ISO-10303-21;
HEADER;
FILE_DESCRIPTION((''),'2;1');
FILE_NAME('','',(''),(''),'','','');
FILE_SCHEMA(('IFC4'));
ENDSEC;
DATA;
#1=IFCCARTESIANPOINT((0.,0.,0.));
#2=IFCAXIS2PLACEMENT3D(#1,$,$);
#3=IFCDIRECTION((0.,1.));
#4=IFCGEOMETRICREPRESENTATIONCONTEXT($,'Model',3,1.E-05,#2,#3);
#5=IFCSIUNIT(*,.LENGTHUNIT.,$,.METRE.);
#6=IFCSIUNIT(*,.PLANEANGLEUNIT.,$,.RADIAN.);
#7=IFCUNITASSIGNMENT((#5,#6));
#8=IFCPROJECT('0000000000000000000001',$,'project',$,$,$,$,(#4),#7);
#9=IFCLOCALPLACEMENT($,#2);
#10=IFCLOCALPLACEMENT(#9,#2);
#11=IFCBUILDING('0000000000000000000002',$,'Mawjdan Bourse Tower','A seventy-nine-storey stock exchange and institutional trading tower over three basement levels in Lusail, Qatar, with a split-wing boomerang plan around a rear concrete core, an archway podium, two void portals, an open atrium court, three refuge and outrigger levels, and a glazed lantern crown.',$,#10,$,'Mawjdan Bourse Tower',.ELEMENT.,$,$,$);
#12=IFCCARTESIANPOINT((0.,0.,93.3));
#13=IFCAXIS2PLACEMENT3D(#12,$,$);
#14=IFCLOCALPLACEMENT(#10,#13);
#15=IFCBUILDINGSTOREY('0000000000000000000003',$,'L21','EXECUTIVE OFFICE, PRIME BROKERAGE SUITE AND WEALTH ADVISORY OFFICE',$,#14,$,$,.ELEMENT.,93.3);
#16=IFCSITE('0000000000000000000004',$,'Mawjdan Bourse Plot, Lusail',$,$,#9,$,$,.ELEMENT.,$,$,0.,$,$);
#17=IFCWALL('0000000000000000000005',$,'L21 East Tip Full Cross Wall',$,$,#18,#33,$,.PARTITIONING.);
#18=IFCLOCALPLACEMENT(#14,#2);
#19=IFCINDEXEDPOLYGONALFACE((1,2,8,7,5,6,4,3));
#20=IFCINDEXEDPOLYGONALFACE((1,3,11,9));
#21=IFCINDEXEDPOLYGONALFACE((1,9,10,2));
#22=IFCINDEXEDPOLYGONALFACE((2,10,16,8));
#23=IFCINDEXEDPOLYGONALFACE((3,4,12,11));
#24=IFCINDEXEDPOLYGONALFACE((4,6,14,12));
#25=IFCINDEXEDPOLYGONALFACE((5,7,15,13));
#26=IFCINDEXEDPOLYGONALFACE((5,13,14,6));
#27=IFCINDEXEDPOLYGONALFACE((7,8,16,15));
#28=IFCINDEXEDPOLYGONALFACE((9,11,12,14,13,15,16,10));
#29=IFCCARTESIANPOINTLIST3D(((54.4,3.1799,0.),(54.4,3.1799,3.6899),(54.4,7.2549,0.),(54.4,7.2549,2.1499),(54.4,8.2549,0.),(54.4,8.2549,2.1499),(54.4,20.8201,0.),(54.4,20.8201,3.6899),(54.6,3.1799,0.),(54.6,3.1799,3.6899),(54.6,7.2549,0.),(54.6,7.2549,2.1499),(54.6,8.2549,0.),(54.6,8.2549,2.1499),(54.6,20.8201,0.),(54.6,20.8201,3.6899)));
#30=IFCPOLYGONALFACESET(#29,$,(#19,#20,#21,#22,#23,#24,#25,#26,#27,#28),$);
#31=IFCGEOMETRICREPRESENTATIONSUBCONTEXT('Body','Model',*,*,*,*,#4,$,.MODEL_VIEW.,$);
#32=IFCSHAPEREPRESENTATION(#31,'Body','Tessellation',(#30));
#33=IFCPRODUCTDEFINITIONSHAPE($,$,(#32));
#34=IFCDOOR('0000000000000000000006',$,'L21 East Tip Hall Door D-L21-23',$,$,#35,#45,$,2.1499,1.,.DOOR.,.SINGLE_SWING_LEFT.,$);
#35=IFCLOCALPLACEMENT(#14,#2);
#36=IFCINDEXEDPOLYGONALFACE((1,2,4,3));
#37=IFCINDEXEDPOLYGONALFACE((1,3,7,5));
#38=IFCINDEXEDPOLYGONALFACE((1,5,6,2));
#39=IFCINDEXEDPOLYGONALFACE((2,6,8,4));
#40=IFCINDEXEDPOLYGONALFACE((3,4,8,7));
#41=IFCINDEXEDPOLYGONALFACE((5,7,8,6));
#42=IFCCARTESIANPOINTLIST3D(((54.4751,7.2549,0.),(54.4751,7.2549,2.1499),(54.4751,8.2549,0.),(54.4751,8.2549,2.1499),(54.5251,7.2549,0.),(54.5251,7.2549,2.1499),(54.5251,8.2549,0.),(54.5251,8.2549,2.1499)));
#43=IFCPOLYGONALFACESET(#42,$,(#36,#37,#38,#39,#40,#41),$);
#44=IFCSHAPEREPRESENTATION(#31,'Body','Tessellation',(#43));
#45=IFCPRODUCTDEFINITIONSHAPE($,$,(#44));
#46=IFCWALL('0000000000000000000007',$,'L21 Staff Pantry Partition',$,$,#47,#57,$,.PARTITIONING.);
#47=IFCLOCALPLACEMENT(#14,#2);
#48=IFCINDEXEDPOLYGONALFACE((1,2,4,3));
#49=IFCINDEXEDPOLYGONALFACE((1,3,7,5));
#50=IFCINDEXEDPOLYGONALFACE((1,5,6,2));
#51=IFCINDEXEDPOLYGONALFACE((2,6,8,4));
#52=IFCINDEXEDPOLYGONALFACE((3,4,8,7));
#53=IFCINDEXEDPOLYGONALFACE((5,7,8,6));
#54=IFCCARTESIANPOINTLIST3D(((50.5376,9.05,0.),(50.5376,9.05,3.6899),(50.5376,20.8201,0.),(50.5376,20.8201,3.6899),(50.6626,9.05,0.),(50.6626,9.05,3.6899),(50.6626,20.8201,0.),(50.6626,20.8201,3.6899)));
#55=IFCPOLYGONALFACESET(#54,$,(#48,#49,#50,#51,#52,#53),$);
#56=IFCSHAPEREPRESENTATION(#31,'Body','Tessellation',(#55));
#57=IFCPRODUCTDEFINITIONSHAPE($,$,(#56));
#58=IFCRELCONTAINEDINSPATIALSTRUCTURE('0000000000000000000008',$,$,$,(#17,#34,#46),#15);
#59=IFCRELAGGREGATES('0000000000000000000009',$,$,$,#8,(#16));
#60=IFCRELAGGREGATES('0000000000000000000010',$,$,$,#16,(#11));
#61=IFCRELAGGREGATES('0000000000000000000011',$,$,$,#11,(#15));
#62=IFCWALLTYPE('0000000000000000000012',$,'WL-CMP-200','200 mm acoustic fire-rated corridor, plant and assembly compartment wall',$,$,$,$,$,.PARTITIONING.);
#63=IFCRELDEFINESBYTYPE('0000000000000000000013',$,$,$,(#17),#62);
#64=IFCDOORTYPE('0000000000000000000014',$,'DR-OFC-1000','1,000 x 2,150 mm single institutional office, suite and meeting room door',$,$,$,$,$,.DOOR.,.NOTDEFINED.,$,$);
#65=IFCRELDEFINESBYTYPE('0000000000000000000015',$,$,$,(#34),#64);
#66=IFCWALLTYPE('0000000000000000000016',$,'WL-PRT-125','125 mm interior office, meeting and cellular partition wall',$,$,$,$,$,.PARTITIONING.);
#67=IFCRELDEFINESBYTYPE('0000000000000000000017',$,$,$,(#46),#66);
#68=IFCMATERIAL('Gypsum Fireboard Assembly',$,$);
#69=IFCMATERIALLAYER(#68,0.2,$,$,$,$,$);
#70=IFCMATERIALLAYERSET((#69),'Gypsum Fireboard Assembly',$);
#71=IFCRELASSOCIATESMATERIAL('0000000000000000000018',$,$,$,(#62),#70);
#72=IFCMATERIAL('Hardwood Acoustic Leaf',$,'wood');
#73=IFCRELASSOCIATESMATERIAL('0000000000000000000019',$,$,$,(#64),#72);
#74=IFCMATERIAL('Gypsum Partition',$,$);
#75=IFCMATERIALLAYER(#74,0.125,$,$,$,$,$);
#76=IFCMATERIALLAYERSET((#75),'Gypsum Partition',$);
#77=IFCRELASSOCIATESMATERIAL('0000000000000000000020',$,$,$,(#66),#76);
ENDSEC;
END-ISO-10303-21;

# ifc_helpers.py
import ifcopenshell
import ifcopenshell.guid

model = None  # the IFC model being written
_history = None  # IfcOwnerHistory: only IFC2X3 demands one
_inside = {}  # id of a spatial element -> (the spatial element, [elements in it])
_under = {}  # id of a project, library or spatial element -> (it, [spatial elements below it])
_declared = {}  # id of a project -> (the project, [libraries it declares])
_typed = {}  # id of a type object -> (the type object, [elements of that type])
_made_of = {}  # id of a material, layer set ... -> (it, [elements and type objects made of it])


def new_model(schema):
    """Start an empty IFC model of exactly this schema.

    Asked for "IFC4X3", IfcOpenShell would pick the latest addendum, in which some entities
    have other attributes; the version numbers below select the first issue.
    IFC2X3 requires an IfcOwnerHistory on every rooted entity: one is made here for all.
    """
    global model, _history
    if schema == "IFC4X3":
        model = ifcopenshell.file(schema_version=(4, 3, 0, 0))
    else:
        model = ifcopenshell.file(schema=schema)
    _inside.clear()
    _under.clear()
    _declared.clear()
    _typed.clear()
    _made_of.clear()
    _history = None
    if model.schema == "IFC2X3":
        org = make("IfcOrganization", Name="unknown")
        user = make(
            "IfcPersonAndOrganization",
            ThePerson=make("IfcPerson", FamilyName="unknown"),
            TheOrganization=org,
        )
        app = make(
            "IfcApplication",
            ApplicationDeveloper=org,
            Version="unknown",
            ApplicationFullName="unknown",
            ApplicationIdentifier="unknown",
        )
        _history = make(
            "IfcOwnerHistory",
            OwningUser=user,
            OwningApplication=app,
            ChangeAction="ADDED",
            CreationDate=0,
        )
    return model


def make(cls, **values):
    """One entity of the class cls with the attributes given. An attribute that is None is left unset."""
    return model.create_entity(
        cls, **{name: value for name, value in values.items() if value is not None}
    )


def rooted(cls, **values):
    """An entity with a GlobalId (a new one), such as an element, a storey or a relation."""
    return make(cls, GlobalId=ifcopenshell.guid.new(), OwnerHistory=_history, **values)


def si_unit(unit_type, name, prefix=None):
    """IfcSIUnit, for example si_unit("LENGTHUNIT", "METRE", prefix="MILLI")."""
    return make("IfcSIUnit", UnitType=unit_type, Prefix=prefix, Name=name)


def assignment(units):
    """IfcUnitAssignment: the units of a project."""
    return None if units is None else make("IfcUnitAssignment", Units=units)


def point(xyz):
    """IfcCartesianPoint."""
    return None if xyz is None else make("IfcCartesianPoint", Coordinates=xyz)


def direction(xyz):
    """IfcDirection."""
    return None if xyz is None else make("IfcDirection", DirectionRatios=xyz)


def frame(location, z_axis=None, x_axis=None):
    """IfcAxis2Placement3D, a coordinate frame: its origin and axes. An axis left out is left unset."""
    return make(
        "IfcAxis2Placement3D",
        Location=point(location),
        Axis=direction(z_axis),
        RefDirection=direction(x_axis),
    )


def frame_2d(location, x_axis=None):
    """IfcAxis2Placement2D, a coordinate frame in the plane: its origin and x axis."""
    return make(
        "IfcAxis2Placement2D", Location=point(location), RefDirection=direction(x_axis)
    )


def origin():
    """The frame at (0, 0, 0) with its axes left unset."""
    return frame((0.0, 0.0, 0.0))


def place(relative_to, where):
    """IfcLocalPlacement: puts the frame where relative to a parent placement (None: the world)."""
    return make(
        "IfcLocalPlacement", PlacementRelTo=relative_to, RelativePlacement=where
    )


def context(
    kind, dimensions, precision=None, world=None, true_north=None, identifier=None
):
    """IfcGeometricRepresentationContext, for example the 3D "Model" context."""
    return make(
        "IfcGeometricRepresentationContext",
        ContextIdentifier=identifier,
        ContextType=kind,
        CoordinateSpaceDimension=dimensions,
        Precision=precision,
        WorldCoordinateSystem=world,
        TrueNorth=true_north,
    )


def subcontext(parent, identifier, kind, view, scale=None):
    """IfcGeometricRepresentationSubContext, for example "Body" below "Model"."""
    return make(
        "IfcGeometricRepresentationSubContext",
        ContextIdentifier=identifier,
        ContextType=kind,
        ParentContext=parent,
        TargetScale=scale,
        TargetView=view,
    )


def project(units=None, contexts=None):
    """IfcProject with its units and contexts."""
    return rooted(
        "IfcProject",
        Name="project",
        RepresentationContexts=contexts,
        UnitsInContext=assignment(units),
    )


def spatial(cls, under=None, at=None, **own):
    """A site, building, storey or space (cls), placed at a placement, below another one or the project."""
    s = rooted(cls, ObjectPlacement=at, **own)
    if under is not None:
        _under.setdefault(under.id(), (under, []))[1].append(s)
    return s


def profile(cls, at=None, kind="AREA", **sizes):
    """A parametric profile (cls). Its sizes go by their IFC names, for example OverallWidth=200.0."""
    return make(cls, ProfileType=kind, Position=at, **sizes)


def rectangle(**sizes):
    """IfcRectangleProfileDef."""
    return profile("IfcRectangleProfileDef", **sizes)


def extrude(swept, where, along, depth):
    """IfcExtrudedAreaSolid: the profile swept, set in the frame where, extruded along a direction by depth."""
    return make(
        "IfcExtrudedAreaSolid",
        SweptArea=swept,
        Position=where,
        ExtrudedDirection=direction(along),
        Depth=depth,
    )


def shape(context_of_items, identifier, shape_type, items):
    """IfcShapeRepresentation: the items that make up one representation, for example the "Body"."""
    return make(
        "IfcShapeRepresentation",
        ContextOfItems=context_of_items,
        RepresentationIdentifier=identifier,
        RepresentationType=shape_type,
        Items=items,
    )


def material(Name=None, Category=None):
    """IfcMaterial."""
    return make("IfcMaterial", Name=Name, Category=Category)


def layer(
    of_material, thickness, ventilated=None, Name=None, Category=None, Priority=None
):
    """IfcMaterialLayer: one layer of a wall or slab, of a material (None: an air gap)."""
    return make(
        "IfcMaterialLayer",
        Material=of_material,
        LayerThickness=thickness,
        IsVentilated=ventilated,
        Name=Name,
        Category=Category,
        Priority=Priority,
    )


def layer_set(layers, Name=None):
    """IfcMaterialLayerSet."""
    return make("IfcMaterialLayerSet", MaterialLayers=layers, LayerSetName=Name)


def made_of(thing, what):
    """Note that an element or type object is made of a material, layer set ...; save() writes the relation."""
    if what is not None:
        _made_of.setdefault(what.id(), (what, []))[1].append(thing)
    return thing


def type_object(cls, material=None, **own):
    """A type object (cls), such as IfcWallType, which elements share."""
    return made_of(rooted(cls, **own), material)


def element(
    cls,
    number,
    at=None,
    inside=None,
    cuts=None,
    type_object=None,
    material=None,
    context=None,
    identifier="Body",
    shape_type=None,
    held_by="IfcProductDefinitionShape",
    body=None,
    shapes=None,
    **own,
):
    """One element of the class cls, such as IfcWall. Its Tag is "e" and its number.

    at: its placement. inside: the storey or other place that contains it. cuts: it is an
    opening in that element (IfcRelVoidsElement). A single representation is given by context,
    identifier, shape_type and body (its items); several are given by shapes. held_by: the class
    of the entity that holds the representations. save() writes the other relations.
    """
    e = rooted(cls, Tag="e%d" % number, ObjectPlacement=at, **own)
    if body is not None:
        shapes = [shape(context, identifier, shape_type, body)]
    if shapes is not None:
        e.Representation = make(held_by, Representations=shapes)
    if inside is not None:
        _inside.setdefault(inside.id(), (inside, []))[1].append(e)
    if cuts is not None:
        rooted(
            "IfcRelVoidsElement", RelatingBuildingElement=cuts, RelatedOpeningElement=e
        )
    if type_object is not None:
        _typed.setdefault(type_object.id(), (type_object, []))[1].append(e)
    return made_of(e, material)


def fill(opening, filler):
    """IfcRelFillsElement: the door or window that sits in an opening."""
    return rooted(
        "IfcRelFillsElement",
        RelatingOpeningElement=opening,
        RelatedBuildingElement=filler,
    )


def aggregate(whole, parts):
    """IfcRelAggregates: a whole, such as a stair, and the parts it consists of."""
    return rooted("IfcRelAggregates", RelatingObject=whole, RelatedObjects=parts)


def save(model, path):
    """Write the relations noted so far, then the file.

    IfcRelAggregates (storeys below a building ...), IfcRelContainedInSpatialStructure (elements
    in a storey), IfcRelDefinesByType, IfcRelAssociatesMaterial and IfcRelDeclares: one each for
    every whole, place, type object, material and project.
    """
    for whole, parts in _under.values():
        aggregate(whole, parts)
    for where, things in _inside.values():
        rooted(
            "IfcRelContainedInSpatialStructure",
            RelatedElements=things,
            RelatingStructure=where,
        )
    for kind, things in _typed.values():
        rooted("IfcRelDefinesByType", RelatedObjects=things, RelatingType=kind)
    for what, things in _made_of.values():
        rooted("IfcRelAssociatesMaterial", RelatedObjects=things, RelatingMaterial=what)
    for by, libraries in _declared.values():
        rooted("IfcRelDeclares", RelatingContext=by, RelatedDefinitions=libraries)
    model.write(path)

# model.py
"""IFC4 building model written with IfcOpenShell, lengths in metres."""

from ifc_helpers import new_model, si_unit, direction, frame, frame_2d, origin, place, context, subcontext, project, spatial, rectangle, extrude, material, layer, layer_set, type_object, element, fill, save


model = new_model("IFC4")

# Units and contexts
model_context = context("Model", 3, precision=1e-05, world=origin(), true_north=direction((0.0, 1.0)))
body_context = subcontext(model_context, "Body", "Model", "MODEL_VIEW")
ifc_project = project(units=[si_unit("LENGTHUNIT", "METRE"), si_unit("PLANEANGLEUNIT", "RADIAN")], contexts=[model_context])

# Site, building, storey
site_placement = place(None, origin())
site = spatial("IfcSite", under=ifc_project, at=site_placement, Name="Mawjdan Bourse Plot, Lusail", CompositionType="ELEMENT", RefElevation=0.0)
building_placement = place(site_placement, origin())
building = spatial("IfcBuilding", under=site, at=building_placement, Name="Mawjdan Bourse Tower", Description="A seventy-nine-storey stock exchange and institutional trading tower over three basement levels in Lusail, Qatar, with a split-wing boomerang plan around a rear concrete core, an archway podium, two void portals, an open atrium court, three refuge and outrigger levels, and a glazed lantern crown.", LongName="Mawjdan Bourse Tower", CompositionType="ELEMENT")
storey_placement = place(building_placement, frame((0.0, 0.0, 93.3)))
storey = spatial("IfcBuildingStorey", under=building, at=storey_placement, Name="L21", Description="EXECUTIVE OFFICE, PRIME BROKERAGE SUITE AND WEALTH ADVISORY OFFICE", CompositionType="ELEMENT", Elevation=93.3)

# Wall, opening, door
ifc_material_1 = material(Name="Gypsum Fireboard Assembly")
ifc_layer_1 = layer(ifc_material_1, 0.2)
ifc_layer_set_1 = layer_set([ifc_layer_1], Name="Gypsum Fireboard Assembly")
wall_type_1 = type_object("IfcWallType", Name="WL-CMP-200", Description="200 mm acoustic fire-rated corridor, plant and assembly compartment wall", PredefinedType="PARTITIONING", material=ifc_layer_set_1)
ifc_material_2 = material(Name="Hardwood Acoustic Leaf", Category="wood")
door_type = type_object("IfcDoorType", Name="DR-OFC-1000", Description="1,000 x 2,150 mm single institutional office, suite and meeting room door", OperationType="NOTDEFINED", PredefinedType="DOOR", material=ifc_material_2)
wall_1_placement = place(storey_placement, frame((54.5, 3.1799, 0.0), z_axis=(0.0, 0.0, 1.0), x_axis=(0.0, 1.0, 0.0)))
wall_1 = element("IfcWall", 1, at=wall_1_placement, inside=storey, type_object=wall_type_1, Name="L21 East Tip Full Cross Wall", PredefinedType="PARTITIONING", context=body_context, shape_type="SweptSolid", body=[
    extrude(rectangle(XDim=17.6401, YDim=0.2, at=frame_2d((8.8201, 0.0))), origin(), (0.0, 0.0, 1.0), 3.6899),
])
opening_1_placement = place(wall_1_placement, frame((4.075, 0.0, 0.0)))
opening_1 = element("IfcOpeningElement", 2, at=opening_1_placement, cuts=wall_1, PredefinedType="OPENING", context=body_context, shape_type="SweptSolid", body=[
    extrude(rectangle(XDim=1.0, YDim=2.1499, at=frame_2d((0.5, 1.075))), frame((0.0, 0.1099, 0.0), z_axis=(0.0, -1.0, 0.0), x_axis=(1.0, 0.0, 0.0)), (0.0, 0.0, 1.0), 0.22),
])
door_1_placement = place(opening_1_placement, origin())
door_1 = element("IfcDoor", 3, at=door_1_placement, inside=storey, type_object=door_type, Name="L21 East Tip Hall Door D-L21-23", OperationType="SINGLE_SWING_LEFT", OverallHeight=2.1499, OverallWidth=1.0, PredefinedType="DOOR", context=body_context, shape_type="SweptSolid", body=[
    extrude(rectangle(XDim=1.0, YDim=2.1499, at=frame_2d((0.5, 1.075))), frame((0.0, 0.0249, 0.0), z_axis=(0.0, -1.0, 0.0), x_axis=(1.0, 0.0, 0.0)), (0.0, 0.0, 1.0), 0.05),
])
fill(opening_1, door_1)

# Wall
ifc_material_3 = material(Name="Gypsum Partition")
ifc_layer_2 = layer(ifc_material_3, 0.125)
ifc_layer_set_2 = layer_set([ifc_layer_2], Name="Gypsum Partition")
wall_type_2 = type_object("IfcWallType", Name="WL-PRT-125", Description="125 mm interior office, meeting and cellular partition wall", PredefinedType="PARTITIONING", material=ifc_layer_set_2)
wall_2_placement = place(storey_placement, frame((50.6001, 9.05, 0.0), z_axis=(0.0, 0.0, 1.0), x_axis=(0.0, 1.0, 0.0)))
element("IfcWall", 4, at=wall_2_placement, inside=storey, type_object=wall_type_2, Name="L21 Staff Pantry Partition", PredefinedType="PARTITIONING", context=body_context, shape_type="SweptSolid", body=[
    extrude(rectangle(XDim=11.77, YDim=0.125, at=frame_2d((5.885, 0.0))), origin(), (0.0, 0.0, 1.0), 3.6899),
])

save(model, "model.ifc")
